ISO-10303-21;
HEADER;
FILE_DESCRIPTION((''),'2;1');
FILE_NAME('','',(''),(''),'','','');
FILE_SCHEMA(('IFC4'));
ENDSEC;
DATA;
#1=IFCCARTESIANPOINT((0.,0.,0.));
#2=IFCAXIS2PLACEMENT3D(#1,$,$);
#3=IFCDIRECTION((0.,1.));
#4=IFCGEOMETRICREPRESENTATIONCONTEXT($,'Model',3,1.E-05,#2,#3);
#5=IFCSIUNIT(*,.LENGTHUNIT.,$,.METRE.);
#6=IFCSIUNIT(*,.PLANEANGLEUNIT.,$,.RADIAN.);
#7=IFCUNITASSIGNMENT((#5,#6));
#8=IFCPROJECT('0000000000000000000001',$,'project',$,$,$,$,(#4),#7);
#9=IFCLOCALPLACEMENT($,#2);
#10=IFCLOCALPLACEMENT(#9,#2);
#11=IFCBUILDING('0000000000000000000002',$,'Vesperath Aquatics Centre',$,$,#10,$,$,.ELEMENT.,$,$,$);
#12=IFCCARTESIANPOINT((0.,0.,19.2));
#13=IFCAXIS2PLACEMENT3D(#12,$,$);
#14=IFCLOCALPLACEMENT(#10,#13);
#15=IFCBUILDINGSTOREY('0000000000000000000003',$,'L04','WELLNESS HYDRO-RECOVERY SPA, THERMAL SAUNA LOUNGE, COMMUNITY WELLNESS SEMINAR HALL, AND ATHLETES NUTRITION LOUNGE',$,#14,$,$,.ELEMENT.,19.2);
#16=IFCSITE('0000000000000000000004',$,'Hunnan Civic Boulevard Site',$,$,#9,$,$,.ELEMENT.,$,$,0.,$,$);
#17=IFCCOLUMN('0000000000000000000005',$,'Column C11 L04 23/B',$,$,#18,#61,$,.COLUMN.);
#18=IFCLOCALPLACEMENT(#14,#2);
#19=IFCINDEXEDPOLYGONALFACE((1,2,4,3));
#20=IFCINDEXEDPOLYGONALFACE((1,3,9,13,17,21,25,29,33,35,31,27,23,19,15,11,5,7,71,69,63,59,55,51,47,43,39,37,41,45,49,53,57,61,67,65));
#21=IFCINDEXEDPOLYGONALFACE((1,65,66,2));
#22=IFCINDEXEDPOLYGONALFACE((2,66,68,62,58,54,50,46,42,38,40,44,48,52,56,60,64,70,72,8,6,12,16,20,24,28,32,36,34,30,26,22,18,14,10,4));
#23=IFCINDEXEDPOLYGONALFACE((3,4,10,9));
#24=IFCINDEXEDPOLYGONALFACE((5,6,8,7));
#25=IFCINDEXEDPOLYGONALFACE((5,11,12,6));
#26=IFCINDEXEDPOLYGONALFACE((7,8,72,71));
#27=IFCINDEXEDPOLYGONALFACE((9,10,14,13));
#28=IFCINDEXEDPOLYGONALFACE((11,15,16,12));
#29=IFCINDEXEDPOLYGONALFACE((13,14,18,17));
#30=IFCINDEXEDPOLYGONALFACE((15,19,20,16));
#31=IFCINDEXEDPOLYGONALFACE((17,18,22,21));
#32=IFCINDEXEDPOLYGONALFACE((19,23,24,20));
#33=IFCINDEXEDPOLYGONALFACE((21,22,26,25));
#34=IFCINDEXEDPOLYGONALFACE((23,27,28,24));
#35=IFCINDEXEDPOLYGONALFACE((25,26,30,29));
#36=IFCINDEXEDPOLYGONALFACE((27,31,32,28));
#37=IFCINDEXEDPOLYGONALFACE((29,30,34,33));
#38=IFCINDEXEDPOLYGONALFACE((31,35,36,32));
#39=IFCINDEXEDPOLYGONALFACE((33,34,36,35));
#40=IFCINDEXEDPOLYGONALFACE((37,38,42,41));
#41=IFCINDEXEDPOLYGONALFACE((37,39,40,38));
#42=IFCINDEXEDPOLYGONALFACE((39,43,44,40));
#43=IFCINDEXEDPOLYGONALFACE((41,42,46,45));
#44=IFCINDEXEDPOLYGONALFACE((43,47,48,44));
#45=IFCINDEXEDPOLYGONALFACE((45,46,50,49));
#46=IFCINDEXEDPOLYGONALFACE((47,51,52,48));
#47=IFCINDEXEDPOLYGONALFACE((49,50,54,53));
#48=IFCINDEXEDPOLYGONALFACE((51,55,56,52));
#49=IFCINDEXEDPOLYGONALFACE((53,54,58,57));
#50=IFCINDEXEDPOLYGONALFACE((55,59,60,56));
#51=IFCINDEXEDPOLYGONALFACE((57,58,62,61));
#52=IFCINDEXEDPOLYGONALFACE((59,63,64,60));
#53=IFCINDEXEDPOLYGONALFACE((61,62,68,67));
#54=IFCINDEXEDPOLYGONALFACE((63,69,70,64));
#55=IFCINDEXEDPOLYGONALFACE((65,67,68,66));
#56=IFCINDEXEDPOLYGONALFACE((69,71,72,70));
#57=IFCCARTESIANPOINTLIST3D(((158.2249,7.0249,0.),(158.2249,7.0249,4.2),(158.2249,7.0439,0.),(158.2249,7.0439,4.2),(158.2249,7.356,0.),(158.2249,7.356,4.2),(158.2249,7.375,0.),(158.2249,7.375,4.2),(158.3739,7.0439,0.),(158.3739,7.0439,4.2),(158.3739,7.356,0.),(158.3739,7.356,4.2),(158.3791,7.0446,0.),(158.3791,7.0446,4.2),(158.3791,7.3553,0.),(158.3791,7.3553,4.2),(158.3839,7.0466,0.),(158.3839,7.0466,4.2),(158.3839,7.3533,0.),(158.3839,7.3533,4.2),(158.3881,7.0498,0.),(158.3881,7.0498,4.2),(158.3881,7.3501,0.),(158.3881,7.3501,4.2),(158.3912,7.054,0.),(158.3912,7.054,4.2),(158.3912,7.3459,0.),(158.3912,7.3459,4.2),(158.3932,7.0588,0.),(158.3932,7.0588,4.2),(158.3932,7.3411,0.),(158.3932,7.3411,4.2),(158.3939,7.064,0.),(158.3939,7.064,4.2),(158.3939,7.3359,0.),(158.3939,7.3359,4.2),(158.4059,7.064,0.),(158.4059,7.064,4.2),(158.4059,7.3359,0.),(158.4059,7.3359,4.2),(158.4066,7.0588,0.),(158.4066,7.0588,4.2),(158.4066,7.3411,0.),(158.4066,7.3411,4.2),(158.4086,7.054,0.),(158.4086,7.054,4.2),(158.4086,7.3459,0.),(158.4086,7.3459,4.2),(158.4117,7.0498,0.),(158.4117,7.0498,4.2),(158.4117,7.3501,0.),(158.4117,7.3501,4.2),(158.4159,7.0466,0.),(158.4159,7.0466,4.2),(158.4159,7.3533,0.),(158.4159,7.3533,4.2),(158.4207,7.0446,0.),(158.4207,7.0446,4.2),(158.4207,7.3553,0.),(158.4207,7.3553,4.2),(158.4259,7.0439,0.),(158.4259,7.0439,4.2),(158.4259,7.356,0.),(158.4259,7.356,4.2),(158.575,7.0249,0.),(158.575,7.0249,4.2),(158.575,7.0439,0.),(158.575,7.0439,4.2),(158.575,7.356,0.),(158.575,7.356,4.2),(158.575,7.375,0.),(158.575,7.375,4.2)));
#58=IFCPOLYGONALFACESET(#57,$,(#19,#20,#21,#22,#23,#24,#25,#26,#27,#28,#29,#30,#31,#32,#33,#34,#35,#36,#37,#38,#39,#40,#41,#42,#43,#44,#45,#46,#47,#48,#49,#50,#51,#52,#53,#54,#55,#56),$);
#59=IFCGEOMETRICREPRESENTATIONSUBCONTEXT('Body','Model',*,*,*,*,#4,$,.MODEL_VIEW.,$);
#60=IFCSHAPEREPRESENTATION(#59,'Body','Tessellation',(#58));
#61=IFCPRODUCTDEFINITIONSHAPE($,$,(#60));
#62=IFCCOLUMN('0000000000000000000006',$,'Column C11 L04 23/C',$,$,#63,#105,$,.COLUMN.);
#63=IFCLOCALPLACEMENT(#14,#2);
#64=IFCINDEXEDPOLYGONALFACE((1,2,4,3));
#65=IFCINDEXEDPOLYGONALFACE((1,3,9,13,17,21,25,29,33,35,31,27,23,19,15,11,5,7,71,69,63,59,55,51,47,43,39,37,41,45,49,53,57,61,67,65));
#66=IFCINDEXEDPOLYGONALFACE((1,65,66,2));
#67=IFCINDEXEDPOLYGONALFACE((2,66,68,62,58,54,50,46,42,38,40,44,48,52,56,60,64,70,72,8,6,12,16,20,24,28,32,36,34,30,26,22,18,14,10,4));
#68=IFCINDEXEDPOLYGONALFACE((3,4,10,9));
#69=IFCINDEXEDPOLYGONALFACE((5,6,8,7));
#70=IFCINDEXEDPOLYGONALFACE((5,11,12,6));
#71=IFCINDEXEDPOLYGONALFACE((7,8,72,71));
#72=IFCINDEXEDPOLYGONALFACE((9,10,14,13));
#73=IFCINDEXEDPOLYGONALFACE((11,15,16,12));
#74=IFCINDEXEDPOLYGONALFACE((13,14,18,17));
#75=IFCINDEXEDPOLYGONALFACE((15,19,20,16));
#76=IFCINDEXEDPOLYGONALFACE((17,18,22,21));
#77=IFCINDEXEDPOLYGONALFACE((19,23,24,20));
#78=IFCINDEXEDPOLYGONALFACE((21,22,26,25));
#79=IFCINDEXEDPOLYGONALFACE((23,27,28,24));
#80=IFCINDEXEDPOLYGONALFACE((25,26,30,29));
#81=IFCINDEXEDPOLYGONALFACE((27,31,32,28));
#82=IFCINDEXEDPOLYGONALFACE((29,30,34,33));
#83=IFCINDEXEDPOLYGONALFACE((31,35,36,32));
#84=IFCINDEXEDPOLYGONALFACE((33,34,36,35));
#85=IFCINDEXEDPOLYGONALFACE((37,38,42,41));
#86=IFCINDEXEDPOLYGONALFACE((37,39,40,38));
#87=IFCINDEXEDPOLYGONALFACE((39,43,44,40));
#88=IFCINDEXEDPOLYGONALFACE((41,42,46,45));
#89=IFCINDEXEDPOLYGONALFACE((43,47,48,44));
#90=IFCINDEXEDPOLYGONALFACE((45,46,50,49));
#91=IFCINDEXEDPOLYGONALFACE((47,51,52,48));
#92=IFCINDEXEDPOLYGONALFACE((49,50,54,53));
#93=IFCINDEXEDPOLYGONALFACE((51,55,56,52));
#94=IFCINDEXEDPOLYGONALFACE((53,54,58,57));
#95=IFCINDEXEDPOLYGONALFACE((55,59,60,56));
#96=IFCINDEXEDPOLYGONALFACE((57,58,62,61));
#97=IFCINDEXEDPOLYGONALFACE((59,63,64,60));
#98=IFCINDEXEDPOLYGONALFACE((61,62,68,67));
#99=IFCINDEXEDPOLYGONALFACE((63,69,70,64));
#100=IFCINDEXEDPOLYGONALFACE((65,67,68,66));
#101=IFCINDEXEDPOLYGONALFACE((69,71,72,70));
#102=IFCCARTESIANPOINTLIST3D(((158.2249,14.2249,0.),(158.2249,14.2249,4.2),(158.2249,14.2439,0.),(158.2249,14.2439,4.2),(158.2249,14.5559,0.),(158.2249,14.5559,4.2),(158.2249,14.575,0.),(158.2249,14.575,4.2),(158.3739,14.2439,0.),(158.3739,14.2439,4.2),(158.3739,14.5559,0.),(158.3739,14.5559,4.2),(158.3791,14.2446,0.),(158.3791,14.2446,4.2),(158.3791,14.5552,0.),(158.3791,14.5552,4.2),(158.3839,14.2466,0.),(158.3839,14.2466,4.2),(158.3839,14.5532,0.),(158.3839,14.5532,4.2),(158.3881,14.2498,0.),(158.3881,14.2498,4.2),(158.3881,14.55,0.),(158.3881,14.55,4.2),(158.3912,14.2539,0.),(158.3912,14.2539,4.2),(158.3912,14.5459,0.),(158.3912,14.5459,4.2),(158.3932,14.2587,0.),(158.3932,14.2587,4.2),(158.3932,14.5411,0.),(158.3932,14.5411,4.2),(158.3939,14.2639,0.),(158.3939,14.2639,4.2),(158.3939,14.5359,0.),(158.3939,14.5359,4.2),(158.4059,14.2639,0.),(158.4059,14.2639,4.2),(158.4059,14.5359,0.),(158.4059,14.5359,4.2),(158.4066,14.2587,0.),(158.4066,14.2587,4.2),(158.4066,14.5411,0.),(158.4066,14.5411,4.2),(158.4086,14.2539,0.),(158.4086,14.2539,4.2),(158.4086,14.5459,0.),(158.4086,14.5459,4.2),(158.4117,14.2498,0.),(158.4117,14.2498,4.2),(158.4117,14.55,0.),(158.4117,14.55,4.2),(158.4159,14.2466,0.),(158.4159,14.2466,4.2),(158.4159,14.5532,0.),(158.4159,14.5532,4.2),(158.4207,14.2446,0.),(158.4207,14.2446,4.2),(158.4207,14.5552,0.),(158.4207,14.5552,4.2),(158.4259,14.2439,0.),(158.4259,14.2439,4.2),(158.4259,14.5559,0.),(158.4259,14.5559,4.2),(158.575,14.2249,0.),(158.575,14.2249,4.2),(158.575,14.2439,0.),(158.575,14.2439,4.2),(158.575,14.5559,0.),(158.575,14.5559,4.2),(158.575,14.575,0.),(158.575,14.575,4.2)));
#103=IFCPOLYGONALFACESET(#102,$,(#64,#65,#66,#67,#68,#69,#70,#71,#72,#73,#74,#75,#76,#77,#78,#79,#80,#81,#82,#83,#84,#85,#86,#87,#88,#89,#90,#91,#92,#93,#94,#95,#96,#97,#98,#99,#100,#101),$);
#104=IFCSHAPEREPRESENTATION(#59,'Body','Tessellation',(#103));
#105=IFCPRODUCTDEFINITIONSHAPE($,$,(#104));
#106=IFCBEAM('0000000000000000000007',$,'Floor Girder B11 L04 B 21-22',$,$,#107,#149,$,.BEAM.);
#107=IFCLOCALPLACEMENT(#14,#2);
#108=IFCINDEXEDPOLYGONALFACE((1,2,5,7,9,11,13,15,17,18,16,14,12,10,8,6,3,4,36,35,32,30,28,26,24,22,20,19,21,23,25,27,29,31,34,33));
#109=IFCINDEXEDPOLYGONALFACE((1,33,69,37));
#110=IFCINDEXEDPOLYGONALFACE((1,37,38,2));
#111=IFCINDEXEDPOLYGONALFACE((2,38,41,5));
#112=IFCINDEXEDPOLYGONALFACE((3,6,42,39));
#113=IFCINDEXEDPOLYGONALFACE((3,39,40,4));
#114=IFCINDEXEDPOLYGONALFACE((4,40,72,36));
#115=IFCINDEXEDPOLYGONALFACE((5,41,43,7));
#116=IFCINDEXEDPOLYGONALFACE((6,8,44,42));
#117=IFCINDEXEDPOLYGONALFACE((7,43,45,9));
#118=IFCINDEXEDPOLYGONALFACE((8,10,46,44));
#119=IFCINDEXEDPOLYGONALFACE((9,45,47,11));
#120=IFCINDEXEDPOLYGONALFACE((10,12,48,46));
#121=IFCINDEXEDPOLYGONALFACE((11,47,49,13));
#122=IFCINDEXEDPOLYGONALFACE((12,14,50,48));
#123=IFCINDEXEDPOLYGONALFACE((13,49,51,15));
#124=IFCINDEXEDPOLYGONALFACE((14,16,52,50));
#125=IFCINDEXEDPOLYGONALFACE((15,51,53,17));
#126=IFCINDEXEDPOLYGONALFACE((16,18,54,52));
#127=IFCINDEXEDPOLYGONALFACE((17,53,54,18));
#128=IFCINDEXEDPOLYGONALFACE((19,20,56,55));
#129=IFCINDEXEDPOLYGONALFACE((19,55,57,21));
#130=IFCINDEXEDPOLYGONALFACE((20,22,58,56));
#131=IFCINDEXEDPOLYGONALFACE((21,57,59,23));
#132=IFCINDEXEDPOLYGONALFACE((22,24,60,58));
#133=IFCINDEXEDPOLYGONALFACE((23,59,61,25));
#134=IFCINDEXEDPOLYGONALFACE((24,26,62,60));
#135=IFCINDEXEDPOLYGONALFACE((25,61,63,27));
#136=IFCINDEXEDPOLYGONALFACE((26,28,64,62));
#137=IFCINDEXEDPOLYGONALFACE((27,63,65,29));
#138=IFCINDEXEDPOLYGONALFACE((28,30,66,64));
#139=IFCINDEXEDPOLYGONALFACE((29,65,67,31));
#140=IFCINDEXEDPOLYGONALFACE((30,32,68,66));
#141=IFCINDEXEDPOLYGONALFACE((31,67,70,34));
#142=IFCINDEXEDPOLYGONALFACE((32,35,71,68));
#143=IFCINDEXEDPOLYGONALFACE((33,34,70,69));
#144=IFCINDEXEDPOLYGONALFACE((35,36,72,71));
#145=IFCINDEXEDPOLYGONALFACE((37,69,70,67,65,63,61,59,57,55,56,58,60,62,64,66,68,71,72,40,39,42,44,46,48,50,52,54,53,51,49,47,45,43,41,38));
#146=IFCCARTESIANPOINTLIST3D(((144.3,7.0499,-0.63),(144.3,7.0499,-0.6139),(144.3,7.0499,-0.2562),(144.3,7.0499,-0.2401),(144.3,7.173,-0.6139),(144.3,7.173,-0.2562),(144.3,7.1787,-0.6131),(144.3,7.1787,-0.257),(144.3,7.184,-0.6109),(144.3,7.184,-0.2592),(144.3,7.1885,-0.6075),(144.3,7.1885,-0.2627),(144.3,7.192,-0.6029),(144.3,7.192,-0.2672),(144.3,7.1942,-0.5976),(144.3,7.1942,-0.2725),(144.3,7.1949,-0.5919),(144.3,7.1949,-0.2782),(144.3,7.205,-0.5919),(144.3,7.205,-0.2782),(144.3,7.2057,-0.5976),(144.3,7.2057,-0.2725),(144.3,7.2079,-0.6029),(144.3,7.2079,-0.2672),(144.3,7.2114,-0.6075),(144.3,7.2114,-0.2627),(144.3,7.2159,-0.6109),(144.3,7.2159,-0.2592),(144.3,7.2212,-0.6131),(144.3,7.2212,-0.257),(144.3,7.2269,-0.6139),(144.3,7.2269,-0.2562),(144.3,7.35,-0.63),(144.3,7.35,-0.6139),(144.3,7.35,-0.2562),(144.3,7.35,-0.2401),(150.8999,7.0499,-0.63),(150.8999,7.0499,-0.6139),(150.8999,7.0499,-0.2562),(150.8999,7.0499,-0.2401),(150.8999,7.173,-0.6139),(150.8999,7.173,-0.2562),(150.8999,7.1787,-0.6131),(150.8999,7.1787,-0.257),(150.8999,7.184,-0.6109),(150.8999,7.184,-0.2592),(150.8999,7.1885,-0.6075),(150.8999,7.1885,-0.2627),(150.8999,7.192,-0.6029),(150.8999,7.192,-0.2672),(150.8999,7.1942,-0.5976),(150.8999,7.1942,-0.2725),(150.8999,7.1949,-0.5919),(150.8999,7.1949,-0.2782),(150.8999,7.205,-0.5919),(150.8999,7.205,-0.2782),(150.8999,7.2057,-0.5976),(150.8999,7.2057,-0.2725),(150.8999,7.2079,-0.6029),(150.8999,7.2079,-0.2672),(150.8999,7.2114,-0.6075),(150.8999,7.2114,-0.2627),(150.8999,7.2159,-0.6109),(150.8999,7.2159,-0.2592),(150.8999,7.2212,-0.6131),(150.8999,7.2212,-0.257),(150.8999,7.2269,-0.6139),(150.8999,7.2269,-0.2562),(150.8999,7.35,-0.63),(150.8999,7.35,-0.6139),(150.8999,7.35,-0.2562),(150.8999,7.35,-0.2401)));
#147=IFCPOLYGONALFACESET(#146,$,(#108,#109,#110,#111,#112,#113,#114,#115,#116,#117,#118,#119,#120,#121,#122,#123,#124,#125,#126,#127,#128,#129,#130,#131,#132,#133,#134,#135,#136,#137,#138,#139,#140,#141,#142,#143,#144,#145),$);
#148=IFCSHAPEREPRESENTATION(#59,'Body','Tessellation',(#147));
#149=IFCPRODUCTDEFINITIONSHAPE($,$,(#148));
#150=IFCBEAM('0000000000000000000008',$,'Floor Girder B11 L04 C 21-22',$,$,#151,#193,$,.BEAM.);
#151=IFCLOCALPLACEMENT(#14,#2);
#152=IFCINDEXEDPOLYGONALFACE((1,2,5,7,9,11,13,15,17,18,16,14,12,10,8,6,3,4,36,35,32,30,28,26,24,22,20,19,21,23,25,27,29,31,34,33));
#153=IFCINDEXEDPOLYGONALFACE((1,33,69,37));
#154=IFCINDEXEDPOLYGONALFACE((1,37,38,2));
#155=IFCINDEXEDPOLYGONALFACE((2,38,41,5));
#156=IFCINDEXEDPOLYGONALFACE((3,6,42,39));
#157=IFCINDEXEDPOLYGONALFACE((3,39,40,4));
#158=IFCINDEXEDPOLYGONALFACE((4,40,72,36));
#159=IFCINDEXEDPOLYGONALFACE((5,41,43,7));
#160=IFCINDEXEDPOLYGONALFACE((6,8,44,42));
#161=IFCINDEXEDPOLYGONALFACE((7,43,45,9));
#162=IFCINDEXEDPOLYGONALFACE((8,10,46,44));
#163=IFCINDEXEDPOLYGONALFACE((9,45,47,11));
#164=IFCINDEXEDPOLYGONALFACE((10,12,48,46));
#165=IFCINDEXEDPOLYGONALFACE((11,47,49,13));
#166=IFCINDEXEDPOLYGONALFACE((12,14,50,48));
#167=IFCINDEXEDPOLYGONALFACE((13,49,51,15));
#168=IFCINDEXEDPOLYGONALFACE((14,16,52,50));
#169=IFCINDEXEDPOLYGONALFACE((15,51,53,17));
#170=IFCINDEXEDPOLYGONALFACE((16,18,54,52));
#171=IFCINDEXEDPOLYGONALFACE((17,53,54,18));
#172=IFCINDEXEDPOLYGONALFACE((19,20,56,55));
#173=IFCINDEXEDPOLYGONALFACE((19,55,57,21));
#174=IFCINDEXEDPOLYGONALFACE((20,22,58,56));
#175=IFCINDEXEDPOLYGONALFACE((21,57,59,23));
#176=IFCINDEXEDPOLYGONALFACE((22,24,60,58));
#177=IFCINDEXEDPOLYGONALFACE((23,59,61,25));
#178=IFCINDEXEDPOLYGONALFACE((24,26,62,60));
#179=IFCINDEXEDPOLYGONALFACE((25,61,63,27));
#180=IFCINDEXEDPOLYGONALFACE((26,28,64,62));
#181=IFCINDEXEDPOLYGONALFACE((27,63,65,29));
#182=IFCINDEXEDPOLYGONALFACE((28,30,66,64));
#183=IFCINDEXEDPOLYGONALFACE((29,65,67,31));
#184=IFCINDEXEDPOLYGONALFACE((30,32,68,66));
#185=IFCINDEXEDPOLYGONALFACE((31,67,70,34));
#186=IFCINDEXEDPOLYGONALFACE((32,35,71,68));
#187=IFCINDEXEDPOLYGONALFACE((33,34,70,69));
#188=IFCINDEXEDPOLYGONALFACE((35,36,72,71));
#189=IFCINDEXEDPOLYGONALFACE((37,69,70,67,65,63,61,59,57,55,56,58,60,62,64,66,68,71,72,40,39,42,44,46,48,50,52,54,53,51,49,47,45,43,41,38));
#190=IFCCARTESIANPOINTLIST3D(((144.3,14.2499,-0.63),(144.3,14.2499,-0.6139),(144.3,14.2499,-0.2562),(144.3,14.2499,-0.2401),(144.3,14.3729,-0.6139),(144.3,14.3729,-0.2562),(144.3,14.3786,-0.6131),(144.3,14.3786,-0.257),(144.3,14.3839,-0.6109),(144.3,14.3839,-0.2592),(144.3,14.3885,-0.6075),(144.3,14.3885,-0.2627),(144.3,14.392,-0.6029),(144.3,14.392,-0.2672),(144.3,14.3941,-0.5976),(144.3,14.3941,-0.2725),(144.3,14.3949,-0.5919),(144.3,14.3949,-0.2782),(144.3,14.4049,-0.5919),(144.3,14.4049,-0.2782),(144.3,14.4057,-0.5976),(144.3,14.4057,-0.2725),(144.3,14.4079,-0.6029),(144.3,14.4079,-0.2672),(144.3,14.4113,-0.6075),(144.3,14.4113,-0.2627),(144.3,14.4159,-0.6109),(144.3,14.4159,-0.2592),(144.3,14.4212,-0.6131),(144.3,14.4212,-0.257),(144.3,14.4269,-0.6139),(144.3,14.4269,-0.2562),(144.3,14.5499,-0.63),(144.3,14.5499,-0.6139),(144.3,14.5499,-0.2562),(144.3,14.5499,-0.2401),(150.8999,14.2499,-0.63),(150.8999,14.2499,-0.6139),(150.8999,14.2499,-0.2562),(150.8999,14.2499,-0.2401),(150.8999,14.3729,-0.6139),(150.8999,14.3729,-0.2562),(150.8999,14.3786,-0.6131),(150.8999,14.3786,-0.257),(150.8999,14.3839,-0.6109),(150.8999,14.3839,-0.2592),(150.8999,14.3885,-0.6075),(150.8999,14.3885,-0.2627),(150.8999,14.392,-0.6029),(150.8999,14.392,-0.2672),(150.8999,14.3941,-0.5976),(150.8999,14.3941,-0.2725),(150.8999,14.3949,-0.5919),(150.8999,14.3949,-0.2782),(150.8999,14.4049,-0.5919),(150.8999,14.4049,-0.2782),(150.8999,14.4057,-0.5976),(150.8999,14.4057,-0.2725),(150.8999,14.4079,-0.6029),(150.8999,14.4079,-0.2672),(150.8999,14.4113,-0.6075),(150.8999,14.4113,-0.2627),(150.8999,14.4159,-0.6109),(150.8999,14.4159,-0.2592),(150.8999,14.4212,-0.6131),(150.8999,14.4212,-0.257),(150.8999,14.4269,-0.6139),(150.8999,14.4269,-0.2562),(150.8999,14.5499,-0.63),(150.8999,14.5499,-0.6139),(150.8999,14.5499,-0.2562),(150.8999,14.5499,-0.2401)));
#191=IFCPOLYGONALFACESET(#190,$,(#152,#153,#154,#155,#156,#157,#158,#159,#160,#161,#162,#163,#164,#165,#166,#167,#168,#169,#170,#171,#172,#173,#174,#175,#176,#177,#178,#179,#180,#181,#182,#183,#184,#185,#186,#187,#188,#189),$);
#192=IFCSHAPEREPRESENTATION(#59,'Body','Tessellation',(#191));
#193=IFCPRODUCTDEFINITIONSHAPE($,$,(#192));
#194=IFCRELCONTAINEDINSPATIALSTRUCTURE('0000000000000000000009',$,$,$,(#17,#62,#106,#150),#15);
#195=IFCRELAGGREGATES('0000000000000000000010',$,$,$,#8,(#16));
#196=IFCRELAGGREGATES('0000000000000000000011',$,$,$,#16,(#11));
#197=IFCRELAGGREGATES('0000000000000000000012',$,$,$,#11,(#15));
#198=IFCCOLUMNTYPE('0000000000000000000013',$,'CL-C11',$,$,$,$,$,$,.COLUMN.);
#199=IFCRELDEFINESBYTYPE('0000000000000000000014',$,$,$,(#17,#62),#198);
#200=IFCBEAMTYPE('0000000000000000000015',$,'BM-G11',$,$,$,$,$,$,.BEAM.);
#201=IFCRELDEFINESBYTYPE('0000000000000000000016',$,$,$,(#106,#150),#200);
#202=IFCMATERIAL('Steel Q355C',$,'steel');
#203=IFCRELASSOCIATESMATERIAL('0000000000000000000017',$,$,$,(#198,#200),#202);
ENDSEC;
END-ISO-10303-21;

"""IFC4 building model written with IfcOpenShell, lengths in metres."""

from ifc_helpers import new_model, si_unit, direction, frame, origin, origin_2d, place, context, subcontext, project, spatial, i_section, extrude, material, material_profile, profile_set, type_object, element, save


model = new_model("IFC4")

# Units and contexts
model_context = context("Model", 3, precision=1e-05, world=origin(), true_north=direction((0.0, 1.0)))
body_context = subcontext(model_context, "Body", "Model", "MODEL_VIEW")
ifc_project = project(units=[si_unit("LENGTHUNIT", "METRE"), si_unit("PLANEANGLEUNIT", "RADIAN")], contexts=[model_context])

# Site, building, storey
site_placement = place(None, origin())
site = spatial("IfcSite", under=ifc_project, at=site_placement, Name="Hunnan Civic Boulevard Site", CompositionType="ELEMENT", RefElevation=0.0)
building_placement = place(site_placement, origin())
building = spatial("IfcBuilding", under=site, at=building_placement, Name="Vesperath Aquatics Centre", CompositionType="ELEMENT")
storey_placement = place(building_placement, frame((0.0, 0.0, 19.2)))
storey = spatial("IfcBuildingStorey", under=building, at=storey_placement, Name="L04", Description="WELLNESS HYDRO-RECOVERY SPA, THERMAL SAUNA LOUNGE, COMMUNITY WELLNESS SEMINAR HALL, AND ATHLETES NUTRITION LOUNGE", CompositionType="ELEMENT", Elevation=19.2)

# Columns
ifc_material_1 = material(Name="Steel Q355C", Category="steel")
ifc_material_profile_1 = material_profile(ifc_material_1, i_section(OverallWidth=0.3501, OverallDepth=0.3501, WebThickness=0.012, FlangeThickness=0.019, FilletRadius=0.02, at=origin_2d()), Name="HW 350x350x12x19")
ifc_profile_set_1 = profile_set([ifc_material_profile_1], Name="Steel Q355C")
column_type = type_object("IfcColumnType", Name="CL-C11", PredefinedType="COLUMN", material=ifc_profile_set_1)
for number, where, z_axis, x_axis, name in (
    (1, (158.3999, 7.2, 0.0), (0.0, 0.0, 1.0), (1.0, 0.0, 0.0), "Column C11 L04 23/B"),
    (2, (158.3999, 14.3999, 0.0), (0.0, 0.0, 1.0), (1.0, 0.0, 0.0), "Column C11 L04 23/C"),
):
    element("IfcColumn", number, at=place(storey_placement, frame(where, z_axis=z_axis, x_axis=x_axis)), inside=storey, type_object=column_type, Name=name, PredefinedType="COLUMN", context=body_context, shape_type="SweptSolid", body=[
        extrude(i_section(OverallWidth=0.3501, OverallDepth=0.3501, WebThickness=0.012, FlangeThickness=0.019, FilletRadius=0.02, at=origin_2d()), origin(), (0.0, 0.0, 1.0), 4.2),
    ])

# Beams
ifc_material_profile_2 = material_profile(ifc_material_1, i_section(OverallWidth=0.3, OverallDepth=0.3899, WebThickness=0.01, FlangeThickness=0.0161, FilletRadius=0.022, at=origin_2d()), Name="HM 390x300x10x16")
ifc_profile_set_2 = profile_set([ifc_material_profile_2], Name="Steel Q355C")
beam_type_1 = type_object("IfcBeamType", Name="BM-G11", PredefinedType="BEAM", material=ifc_profile_set_2)
for number, where, z_axis, x_axis, name in (
    (3, (144.3, 7.2, -0.4351), (1.0, 0.0, 0.0), (0.0, 1.0, 0.0), "Floor Girder B11 L04 B 21-22"),
    (4, (144.3, 14.3999, -0.4351), (1.0, 0.0, 0.0), (0.0, 1.0, 0.0), "Floor Girder B11 L04 C 21-22"),
):
    element("IfcBeam", number, at=place(storey_placement, frame(where, z_axis=z_axis, x_axis=x_axis)), inside=storey, type_object=beam_type_1, Name=name, PredefinedType="BEAM", context=body_context, shape_type="SweptSolid", body=[
        extrude(i_section(OverallWidth=0.3, OverallDepth=0.3899, WebThickness=0.01, FlangeThickness=0.0161, FilletRadius=0.022, at=origin_2d()), origin(), (0.0, 0.0, 1.0), 6.5999),
    ])

save(model, "model.ifc")
